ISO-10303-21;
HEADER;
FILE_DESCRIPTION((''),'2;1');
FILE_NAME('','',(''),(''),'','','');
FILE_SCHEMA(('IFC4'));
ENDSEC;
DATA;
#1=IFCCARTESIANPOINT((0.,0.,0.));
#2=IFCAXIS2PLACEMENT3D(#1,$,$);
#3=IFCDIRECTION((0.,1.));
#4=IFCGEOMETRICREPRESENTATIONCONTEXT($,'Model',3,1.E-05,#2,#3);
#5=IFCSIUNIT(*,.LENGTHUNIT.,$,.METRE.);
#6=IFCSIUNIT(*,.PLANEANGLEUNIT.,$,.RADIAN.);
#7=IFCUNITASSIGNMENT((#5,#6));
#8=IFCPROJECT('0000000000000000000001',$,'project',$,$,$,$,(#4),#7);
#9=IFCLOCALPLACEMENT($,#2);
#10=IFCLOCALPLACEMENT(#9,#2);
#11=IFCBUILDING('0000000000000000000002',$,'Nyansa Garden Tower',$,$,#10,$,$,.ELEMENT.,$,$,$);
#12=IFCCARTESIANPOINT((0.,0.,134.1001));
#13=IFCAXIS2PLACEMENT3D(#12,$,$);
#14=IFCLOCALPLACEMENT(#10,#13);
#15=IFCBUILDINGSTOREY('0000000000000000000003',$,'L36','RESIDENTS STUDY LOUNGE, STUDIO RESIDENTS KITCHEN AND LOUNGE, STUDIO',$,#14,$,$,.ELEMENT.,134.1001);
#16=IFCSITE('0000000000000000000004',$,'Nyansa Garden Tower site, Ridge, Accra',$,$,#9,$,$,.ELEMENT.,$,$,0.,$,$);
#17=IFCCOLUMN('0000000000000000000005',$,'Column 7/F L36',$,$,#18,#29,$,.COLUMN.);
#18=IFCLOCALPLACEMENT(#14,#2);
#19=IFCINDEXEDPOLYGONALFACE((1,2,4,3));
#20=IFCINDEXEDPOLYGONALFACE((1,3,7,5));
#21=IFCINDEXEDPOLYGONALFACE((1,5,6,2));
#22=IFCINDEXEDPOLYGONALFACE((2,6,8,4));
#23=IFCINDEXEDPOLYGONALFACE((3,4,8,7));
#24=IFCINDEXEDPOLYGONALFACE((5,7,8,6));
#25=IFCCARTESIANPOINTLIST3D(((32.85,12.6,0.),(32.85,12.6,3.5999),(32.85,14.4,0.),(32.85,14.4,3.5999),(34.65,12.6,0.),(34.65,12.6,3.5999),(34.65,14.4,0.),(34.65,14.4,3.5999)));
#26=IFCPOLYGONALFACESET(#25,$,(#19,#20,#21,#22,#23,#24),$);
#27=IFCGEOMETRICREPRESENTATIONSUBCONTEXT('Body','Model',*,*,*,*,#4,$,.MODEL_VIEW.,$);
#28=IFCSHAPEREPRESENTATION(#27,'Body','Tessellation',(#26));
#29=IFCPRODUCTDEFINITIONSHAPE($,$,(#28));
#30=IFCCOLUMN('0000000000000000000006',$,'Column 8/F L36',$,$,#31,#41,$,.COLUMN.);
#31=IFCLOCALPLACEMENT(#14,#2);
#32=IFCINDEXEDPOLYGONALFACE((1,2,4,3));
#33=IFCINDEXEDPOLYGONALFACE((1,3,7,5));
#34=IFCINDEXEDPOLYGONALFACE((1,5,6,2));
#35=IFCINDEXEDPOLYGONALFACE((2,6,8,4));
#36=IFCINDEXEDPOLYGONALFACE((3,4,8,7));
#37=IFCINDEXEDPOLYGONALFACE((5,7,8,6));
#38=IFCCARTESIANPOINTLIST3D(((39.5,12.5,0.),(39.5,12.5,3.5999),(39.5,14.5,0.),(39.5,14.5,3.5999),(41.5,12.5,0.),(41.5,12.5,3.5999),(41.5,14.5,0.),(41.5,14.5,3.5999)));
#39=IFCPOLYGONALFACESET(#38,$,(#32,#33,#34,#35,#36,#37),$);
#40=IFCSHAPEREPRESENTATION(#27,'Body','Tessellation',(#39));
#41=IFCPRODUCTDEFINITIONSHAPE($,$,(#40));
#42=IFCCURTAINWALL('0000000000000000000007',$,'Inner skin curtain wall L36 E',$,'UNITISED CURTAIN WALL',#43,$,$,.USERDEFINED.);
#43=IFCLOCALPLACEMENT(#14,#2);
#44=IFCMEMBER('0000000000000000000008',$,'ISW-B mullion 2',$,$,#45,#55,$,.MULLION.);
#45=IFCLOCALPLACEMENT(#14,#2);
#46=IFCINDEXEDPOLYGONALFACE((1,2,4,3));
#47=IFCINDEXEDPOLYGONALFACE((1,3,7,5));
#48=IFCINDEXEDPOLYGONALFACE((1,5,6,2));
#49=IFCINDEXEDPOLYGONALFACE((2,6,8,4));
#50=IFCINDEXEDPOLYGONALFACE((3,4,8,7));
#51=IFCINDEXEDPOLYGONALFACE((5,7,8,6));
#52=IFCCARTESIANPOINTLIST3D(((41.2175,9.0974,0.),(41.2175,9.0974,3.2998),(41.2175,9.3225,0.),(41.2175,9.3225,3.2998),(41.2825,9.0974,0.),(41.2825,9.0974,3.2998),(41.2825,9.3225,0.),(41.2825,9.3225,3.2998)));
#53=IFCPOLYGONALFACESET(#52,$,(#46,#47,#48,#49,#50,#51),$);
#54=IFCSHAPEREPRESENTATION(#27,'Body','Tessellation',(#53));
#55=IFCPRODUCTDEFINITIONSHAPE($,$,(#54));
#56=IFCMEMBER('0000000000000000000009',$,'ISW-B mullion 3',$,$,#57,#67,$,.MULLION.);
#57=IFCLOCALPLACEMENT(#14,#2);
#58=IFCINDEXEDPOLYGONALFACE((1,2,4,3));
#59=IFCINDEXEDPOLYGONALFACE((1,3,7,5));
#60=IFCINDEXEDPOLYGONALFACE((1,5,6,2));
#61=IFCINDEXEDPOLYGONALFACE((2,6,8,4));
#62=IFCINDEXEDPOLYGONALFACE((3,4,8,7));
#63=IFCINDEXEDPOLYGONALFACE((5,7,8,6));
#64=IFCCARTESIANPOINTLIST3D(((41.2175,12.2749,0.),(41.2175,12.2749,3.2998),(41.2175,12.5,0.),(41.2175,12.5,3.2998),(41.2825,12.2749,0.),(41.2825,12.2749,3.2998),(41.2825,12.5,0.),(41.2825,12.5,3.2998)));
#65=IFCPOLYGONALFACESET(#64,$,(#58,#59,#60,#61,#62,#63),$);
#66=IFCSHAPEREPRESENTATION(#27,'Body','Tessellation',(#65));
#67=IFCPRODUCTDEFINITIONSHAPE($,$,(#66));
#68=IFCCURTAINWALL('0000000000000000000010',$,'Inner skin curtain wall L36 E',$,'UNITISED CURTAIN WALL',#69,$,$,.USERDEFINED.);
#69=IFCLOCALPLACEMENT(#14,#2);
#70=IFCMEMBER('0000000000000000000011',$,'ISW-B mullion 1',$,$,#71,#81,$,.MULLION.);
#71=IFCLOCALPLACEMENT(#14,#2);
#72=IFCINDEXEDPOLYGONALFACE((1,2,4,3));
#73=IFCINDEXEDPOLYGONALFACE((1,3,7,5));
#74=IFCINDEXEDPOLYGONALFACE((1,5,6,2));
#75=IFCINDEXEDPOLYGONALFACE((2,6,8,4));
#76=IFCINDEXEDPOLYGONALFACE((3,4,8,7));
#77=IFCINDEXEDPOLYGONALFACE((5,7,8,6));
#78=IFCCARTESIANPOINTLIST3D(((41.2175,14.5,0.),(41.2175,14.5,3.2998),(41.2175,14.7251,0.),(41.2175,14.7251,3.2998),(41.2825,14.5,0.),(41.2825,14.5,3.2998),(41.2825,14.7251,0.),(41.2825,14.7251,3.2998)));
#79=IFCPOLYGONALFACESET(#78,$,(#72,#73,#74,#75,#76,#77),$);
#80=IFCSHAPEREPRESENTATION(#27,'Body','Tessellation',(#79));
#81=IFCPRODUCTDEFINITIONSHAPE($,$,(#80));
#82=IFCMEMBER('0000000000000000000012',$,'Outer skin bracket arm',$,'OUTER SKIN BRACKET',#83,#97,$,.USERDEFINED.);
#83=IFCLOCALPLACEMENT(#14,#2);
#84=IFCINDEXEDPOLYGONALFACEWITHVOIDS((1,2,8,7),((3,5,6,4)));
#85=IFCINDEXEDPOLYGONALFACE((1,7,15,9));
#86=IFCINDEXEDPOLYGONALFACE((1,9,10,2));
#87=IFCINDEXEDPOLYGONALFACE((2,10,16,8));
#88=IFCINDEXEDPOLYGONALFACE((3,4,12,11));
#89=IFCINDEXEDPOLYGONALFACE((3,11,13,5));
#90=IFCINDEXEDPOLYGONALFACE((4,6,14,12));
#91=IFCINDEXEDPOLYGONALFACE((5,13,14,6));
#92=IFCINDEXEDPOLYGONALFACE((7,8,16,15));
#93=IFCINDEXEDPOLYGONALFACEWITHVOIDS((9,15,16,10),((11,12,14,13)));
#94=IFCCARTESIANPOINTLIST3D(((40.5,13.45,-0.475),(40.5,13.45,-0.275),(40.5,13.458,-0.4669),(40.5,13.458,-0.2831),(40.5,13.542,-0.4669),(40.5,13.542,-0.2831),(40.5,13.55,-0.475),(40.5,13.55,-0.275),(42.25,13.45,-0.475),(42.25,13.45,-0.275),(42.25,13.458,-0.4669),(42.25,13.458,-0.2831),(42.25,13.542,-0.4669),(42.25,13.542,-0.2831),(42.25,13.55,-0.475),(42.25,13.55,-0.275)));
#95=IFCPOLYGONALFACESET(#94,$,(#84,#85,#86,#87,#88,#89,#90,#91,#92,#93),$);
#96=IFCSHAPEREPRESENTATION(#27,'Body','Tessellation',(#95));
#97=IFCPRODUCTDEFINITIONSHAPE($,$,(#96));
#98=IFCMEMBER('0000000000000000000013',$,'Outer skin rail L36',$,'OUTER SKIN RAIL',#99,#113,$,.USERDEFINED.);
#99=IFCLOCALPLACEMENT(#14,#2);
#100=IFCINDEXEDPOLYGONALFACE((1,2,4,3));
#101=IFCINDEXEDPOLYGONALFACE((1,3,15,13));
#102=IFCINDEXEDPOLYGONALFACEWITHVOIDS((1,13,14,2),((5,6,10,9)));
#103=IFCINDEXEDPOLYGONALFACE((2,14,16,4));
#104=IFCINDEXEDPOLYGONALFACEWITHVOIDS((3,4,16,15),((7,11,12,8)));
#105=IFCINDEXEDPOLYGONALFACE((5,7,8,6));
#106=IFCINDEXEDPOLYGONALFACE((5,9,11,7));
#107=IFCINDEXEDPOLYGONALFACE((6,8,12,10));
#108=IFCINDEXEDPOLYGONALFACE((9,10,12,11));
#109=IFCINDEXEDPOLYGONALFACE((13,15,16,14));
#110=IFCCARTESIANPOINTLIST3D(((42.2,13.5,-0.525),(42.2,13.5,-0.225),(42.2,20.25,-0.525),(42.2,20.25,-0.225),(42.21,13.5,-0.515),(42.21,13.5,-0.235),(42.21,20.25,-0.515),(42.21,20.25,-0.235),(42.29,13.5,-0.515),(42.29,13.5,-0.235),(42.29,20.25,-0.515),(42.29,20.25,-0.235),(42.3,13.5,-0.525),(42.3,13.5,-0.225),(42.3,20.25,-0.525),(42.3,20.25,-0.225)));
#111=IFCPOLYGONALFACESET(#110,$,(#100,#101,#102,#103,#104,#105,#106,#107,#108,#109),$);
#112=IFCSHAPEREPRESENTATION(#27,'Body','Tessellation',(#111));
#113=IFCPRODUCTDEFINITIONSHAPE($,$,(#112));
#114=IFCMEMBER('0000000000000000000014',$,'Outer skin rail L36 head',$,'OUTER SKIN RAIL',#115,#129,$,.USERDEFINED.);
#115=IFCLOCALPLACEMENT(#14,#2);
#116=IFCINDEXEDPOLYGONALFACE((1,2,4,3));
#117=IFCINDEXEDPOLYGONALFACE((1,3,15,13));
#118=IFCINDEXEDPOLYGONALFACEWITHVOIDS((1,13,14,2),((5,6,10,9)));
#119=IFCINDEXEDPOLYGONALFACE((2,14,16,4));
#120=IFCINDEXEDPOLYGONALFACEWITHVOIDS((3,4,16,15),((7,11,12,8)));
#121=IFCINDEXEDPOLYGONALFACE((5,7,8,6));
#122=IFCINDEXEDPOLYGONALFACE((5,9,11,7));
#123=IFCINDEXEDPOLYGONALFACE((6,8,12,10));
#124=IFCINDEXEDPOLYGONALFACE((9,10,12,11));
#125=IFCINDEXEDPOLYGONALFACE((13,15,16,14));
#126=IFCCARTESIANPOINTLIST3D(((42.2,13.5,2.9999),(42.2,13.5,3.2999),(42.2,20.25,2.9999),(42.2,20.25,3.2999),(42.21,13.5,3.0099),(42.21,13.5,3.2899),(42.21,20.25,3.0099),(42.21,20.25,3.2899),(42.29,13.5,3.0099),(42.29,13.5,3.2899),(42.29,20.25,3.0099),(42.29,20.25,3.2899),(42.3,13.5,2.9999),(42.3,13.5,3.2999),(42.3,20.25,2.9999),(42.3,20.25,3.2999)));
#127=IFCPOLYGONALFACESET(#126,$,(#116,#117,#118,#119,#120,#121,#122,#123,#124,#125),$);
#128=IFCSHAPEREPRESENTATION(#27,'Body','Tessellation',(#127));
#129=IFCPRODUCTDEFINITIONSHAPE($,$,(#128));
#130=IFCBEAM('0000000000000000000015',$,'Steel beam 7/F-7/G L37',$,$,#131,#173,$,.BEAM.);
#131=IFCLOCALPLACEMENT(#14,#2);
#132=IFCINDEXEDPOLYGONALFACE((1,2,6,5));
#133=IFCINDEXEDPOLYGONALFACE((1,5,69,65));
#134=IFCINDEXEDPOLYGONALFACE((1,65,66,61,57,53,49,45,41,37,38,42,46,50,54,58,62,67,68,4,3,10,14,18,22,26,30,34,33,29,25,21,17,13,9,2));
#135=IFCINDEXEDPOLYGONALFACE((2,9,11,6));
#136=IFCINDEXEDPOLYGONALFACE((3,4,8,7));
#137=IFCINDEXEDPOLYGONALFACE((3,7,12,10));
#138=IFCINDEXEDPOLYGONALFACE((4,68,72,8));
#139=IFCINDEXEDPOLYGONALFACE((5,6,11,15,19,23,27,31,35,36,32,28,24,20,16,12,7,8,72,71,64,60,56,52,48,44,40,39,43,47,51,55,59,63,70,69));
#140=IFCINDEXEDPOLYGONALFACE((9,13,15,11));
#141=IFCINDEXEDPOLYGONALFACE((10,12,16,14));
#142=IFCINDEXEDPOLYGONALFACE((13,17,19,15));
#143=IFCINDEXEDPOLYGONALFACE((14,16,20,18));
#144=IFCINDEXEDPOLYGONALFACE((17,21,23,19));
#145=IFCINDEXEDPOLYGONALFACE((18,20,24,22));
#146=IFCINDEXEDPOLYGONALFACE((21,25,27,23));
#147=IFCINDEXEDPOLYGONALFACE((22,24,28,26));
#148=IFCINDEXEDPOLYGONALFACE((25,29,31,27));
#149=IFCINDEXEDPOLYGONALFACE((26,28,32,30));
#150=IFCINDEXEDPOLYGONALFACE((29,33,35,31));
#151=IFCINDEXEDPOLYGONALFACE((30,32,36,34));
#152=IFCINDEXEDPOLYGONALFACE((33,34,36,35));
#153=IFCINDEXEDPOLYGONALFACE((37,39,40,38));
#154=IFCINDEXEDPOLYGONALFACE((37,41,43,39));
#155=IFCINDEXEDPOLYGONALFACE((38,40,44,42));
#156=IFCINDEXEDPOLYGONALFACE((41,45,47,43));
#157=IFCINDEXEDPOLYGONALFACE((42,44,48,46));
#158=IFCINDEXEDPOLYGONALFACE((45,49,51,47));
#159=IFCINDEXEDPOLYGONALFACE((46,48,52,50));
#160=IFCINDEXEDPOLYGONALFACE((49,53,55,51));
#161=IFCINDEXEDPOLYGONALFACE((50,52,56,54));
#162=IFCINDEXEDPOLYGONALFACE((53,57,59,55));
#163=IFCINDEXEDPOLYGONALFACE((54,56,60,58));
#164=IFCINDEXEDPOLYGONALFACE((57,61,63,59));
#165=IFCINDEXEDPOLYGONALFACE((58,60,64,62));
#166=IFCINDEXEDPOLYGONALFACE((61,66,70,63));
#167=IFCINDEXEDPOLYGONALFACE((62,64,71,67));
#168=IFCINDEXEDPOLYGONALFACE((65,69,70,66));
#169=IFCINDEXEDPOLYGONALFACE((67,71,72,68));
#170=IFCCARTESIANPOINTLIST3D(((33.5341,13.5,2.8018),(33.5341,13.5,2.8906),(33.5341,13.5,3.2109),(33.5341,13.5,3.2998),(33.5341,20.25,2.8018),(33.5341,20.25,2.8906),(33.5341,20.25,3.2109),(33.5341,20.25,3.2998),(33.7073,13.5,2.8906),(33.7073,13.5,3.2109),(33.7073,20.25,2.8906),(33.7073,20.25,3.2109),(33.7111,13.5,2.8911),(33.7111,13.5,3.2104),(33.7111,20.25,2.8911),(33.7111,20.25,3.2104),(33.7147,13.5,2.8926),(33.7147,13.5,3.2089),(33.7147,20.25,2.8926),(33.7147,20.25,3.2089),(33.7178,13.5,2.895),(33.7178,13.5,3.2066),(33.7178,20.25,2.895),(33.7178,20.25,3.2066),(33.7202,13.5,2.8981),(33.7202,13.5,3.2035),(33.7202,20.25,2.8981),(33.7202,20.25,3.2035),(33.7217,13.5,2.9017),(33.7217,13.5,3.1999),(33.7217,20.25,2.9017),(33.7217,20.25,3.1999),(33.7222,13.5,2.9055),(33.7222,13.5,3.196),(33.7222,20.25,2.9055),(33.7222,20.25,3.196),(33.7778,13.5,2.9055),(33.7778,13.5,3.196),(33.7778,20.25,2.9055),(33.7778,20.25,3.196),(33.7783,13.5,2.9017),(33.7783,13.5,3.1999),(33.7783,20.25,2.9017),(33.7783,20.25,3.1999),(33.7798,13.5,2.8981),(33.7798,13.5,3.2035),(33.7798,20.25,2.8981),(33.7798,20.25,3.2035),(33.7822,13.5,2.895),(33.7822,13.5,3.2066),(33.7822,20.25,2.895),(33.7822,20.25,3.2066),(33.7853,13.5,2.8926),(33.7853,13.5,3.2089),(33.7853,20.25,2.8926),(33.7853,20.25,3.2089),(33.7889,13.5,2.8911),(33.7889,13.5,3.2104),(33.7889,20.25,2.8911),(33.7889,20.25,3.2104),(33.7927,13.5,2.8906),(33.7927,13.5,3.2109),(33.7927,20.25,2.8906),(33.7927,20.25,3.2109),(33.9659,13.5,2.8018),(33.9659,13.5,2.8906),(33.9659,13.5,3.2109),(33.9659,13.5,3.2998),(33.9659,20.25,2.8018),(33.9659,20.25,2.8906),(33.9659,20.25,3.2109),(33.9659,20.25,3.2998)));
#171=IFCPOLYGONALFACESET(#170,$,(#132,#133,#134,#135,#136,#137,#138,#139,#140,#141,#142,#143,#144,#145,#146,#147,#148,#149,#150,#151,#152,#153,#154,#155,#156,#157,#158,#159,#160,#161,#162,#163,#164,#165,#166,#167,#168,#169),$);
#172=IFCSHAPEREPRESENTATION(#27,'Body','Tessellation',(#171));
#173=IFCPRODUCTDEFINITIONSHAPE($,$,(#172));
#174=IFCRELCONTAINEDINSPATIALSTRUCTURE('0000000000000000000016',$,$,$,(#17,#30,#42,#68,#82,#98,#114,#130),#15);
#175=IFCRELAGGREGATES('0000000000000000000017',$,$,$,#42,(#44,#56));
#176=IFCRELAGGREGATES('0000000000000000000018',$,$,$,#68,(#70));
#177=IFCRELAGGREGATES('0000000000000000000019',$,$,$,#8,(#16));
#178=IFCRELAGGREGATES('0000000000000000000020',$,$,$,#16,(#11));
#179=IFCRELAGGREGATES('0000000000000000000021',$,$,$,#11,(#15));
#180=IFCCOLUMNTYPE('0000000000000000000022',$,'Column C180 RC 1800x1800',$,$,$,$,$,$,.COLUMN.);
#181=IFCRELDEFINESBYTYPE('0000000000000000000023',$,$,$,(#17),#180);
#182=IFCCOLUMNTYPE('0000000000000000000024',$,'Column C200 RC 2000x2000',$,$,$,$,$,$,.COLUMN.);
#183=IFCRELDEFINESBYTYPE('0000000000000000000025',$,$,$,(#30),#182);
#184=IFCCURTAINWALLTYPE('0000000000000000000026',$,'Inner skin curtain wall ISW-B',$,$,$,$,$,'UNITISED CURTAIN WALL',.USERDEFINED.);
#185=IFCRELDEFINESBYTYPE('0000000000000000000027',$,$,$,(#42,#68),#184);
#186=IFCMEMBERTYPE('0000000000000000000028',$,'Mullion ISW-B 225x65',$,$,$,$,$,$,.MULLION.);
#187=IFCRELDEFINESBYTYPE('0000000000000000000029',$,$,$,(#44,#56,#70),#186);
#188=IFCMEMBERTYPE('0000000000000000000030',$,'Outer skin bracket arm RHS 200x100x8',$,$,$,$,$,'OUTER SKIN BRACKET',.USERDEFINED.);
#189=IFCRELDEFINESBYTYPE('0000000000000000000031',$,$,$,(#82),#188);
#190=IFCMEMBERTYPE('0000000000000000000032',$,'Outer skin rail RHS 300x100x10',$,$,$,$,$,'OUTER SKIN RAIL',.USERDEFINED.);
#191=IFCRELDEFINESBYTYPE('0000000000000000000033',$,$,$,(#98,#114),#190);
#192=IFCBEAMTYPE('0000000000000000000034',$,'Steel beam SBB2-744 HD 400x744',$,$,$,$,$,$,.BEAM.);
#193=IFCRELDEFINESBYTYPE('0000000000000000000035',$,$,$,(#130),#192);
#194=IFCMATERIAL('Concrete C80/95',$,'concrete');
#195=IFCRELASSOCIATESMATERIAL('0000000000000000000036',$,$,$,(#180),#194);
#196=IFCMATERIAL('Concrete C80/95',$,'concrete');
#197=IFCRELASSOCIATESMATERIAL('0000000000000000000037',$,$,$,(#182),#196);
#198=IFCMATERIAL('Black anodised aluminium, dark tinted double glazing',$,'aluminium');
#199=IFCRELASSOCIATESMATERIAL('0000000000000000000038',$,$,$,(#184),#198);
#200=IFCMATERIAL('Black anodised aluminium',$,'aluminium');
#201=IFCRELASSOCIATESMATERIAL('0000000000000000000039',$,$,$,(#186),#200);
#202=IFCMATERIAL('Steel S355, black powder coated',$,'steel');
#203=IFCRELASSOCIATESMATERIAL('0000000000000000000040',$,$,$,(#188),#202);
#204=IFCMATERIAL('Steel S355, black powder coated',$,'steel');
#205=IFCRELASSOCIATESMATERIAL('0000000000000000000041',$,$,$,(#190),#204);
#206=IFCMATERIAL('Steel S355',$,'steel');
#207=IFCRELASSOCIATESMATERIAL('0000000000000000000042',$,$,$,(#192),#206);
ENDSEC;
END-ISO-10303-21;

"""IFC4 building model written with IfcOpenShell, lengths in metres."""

from ifc_helpers import new_model, si_unit, direction, frame, origin, origin_2d, place, context, subcontext, project, spatial, rectangle, hollow_rectangle, i_section, extrude, material, material_profile, profile_set, type_object, element, aggregate, save


model = new_model("IFC4")

# Units and contexts
model_context = context("Model", 3, precision=1e-05, world=origin(), true_north=direction((0.0, 1.0)))
body_context = subcontext(model_context, "Body", "Model", "MODEL_VIEW")
ifc_project = project(units=[si_unit("LENGTHUNIT", "METRE"), si_unit("PLANEANGLEUNIT", "RADIAN")], contexts=[model_context])

# Site, building, storey
site_placement = place(None, origin())
site = spatial("IfcSite", under=ifc_project, at=site_placement, Name="Nyansa Garden Tower site, Ridge, Accra", CompositionType="ELEMENT", RefElevation=0.0)
building_placement = place(site_placement, origin())
building = spatial("IfcBuilding", under=site, at=building_placement, Name="Nyansa Garden Tower", CompositionType="ELEMENT")
storey_placement = place(building_placement, frame((0.0, 0.0, 134.1001)))
storey = spatial("IfcBuildingStorey", under=building, at=storey_placement, Name="L36", Description="RESIDENTS STUDY LOUNGE, STUDIO RESIDENTS KITCHEN AND LOUNGE, STUDIO", CompositionType="ELEMENT", Elevation=134.1001)

# Columns
ifc_material_1 = material(Name="Concrete C80/95", Category="concrete")
ifc_material_profile_1 = material_profile(ifc_material_1, rectangle(XDim=1.8, YDim=1.8, at=origin_2d()), Name="RC 1800x1800")
ifc_profile_set_1 = profile_set([ifc_material_profile_1], Name="Concrete C80/95")
column_type_1 = type_object("IfcColumnType", Name="Column C180 RC 1800x1800", PredefinedType="COLUMN", material=ifc_profile_set_1)
column_1_placement = place(storey_placement, frame((33.75, 13.5, 0.0), z_axis=(0.0, 0.0, 1.0), x_axis=(1.0, 0.0, 0.0)))
element("IfcColumn", 1, at=column_1_placement, inside=storey, type_object=column_type_1, Name="Column 7/F L36", PredefinedType="COLUMN", context=body_context, shape_type="SweptSolid", body=[
    extrude(rectangle(XDim=1.8, YDim=1.8, at=origin_2d()), origin(), (0.0, 0.0, 1.0), 3.5999),
])
ifc_material_2 = material(Name="Concrete C80/95", Category="concrete")
ifc_material_profile_2 = material_profile(ifc_material_2, rectangle(XDim=2.0, YDim=2.0, at=origin_2d()), Name="RC 2000x2000")
ifc_profile_set_2 = profile_set([ifc_material_profile_2], Name="Concrete C80/95")
column_type_2 = type_object("IfcColumnType", Name="Column C200 RC 2000x2000", PredefinedType="COLUMN", material=ifc_profile_set_2)
column_2_placement = place(storey_placement, frame((40.5, 13.5, 0.0), z_axis=(0.0, 0.0, 1.0), x_axis=(1.0, 0.0, 0.0)))
element("IfcColumn", 2, at=column_2_placement, inside=storey, type_object=column_type_2, Name="Column 8/F L36", PredefinedType="COLUMN", context=body_context, shape_type="SweptSolid", body=[
    extrude(rectangle(XDim=2.0, YDim=2.0, at=origin_2d()), origin(), (0.0, 0.0, 1.0), 3.5999),
])

# Curtain wall, members
ifc_material_3 = material(Name="Black anodised aluminium, dark tinted double glazing", Category="aluminium")
curtain_wall_type = type_object("IfcCurtainWallType", Name="Inner skin curtain wall ISW-B", ElementType="UNITISED CURTAIN WALL", PredefinedType="USERDEFINED", material=ifc_material_3)
curtain_wall_1_placement = place(storey_placement, origin())
curtain_wall_1 = element("IfcCurtainWall", 3, at=curtain_wall_1_placement, inside=storey, type_object=curtain_wall_type, Name="Inner skin curtain wall L36 E", ObjectType="UNITISED CURTAIN WALL", PredefinedType="USERDEFINED")
ifc_material_4 = material(Name="Black anodised aluminium", Category="aluminium")
ifc_material_profile_3 = material_profile(ifc_material_4, rectangle(XDim=0.0649, YDim=0.2251, at=origin_2d()), Name="Mullion 225x65")
ifc_profile_set_3 = profile_set([ifc_material_profile_3], Name="Black anodised aluminium")
member_type_1 = type_object("IfcMemberType", Name="Mullion ISW-B 225x65", PredefinedType="MULLION", material=ifc_profile_set_3)
member_1_placement = place(storey_placement, frame((41.25, 9.21, 0.0), z_axis=(0.0, 0.0, 1.0), x_axis=(-1.0, 0.0, 0.0)))
member_1 = element("IfcMember", 4, at=member_1_placement, type_object=member_type_1, Name="ISW-B mullion 2", PredefinedType="MULLION", context=body_context, shape_type="SweptSolid", body=[
    extrude(rectangle(XDim=0.0649, YDim=0.2251, at=origin_2d()), origin(), (0.0, 0.0, 1.0), 3.2998),
])
member_2_placement = place(storey_placement, frame((41.25, 12.3875, 0.0), z_axis=(0.0, 0.0, 1.0), x_axis=(-1.0, 0.0, 0.0)))
member_2 = element("IfcMember", 5, at=member_2_placement, type_object=member_type_1, Name="ISW-B mullion 3", PredefinedType="MULLION", context=body_context, shape_type="SweptSolid", body=[
    extrude(rectangle(XDim=0.0649, YDim=0.2251, at=origin_2d()), origin(), (0.0, 0.0, 1.0), 3.2998),
])

# Curtain wall, member
curtain_wall_2_placement = place(storey_placement, origin())
curtain_wall_2 = element("IfcCurtainWall", 6, at=curtain_wall_2_placement, inside=storey, type_object=curtain_wall_type, Name="Inner skin curtain wall L36 E", ObjectType="UNITISED CURTAIN WALL", PredefinedType="USERDEFINED")
member_3_placement = place(storey_placement, frame((41.25, 14.6125, 0.0), z_axis=(0.0, 0.0, 1.0), x_axis=(-1.0, 0.0, 0.0)))
member_3 = element("IfcMember", 7, at=member_3_placement, type_object=member_type_1, Name="ISW-B mullion 1", PredefinedType="MULLION", context=body_context, shape_type="SweptSolid", body=[
    extrude(rectangle(XDim=0.0649, YDim=0.2251, at=origin_2d()), origin(), (0.0, 0.0, 1.0), 3.2998),
])

# Members
ifc_material_5 = material(Name="Steel S355, black powder coated", Category="steel")
ifc_material_profile_4 = material_profile(ifc_material_5, hollow_rectangle(XDim=0.1001, YDim=0.2, WallThickness=0.0081, at=origin_2d()), Name="RHS 200x100x8")
ifc_profile_set_4 = profile_set([ifc_material_profile_4], Name="Steel S355, black powder coated")
member_type_2 = type_object("IfcMemberType", Name="Outer skin bracket arm RHS 200x100x8", ElementType="OUTER SKIN BRACKET", PredefinedType="USERDEFINED", material=ifc_profile_set_4)
member_4_placement = place(storey_placement, frame((40.5, 13.5, -0.375), z_axis=(1.0, 0.0, 0.0), x_axis=(0.0, 1.0, 0.0)))
element("IfcMember", 8, at=member_4_placement, inside=storey, type_object=member_type_2, Name="Outer skin bracket arm", ObjectType="OUTER SKIN BRACKET", PredefinedType="USERDEFINED", context=body_context, shape_type="SweptSolid", body=[
    extrude(hollow_rectangle(XDim=0.1001, YDim=0.2, WallThickness=0.0081, at=origin_2d()), origin(), (0.0, 0.0, 1.0), 1.75),
])
ifc_material_6 = material(Name="Steel S355, black powder coated", Category="steel")
ifc_material_profile_5 = material_profile(ifc_material_6, hollow_rectangle(XDim=0.1001, YDim=0.3, WallThickness=0.01, at=origin_2d()), Name="RHS 300x100x10")
ifc_profile_set_5 = profile_set([ifc_material_profile_5], Name="Steel S355, black powder coated")
member_type_3 = type_object("IfcMemberType", Name="Outer skin rail RHS 300x100x10", ElementType="OUTER SKIN RAIL", PredefinedType="USERDEFINED", material=ifc_profile_set_5)
for number, where, z_axis, x_axis, name in (
    (9, (42.25, 13.5, -0.375), (0.0, 1.0, 0.0), (-1.0, 0.0, 0.0), "Outer skin rail L36"),
    (10, (42.25, 13.5, 3.1499), (0.0, 1.0, 0.0), (-1.0, 0.0, 0.0), "Outer skin rail L36 head"),
):
    element("IfcMember", number, at=place(storey_placement, frame(where, z_axis=z_axis, x_axis=x_axis)), inside=storey, type_object=member_type_3, Name=name, ObjectType="OUTER SKIN RAIL", PredefinedType="USERDEFINED", context=body_context, shape_type="SweptSolid", body=[
        extrude(hollow_rectangle(XDim=0.1001, YDim=0.3, WallThickness=0.01, at=origin_2d()), origin(), (0.0, 0.0, 1.0), 6.75),
    ])

# Beam
ifc_material_7 = material(Name="Steel S355", Category="steel")
ifc_material_profile_6 = material_profile(ifc_material_7, i_section(OverallWidth=0.4319, OverallDepth=0.498, WebThickness=0.0557, FlangeThickness=0.0889, FilletRadius=0.0149, at=origin_2d()), Name="HD 400x744")
ifc_profile_set_6 = profile_set([ifc_material_profile_6], Name="Steel S355")
beam_type_1 = type_object("IfcBeamType", Name="Steel beam SBB2-744 HD 400x744", PredefinedType="BEAM", material=ifc_profile_set_6)
beam_1_placement = place(storey_placement, frame((33.75, 13.5, 3.0508), z_axis=(0.0, 1.0, 0.0), x_axis=(-1.0, 0.0, 0.0)))
element("IfcBeam", 11, at=beam_1_placement, inside=storey, type_object=beam_type_1, Name="Steel beam 7/F-7/G L37", PredefinedType="BEAM", context=body_context, shape_type="SweptSolid", body=[
    extrude(i_section(OverallWidth=0.4319, OverallDepth=0.498, WebThickness=0.0557, FlangeThickness=0.0889, FilletRadius=0.0149, at=origin_2d()), origin(), (0.0, 0.0, 1.0), 6.75),
])

aggregate(curtain_wall_1, [member_1, member_2])
aggregate(curtain_wall_2, [member_3])

save(model, "model.ifc")
